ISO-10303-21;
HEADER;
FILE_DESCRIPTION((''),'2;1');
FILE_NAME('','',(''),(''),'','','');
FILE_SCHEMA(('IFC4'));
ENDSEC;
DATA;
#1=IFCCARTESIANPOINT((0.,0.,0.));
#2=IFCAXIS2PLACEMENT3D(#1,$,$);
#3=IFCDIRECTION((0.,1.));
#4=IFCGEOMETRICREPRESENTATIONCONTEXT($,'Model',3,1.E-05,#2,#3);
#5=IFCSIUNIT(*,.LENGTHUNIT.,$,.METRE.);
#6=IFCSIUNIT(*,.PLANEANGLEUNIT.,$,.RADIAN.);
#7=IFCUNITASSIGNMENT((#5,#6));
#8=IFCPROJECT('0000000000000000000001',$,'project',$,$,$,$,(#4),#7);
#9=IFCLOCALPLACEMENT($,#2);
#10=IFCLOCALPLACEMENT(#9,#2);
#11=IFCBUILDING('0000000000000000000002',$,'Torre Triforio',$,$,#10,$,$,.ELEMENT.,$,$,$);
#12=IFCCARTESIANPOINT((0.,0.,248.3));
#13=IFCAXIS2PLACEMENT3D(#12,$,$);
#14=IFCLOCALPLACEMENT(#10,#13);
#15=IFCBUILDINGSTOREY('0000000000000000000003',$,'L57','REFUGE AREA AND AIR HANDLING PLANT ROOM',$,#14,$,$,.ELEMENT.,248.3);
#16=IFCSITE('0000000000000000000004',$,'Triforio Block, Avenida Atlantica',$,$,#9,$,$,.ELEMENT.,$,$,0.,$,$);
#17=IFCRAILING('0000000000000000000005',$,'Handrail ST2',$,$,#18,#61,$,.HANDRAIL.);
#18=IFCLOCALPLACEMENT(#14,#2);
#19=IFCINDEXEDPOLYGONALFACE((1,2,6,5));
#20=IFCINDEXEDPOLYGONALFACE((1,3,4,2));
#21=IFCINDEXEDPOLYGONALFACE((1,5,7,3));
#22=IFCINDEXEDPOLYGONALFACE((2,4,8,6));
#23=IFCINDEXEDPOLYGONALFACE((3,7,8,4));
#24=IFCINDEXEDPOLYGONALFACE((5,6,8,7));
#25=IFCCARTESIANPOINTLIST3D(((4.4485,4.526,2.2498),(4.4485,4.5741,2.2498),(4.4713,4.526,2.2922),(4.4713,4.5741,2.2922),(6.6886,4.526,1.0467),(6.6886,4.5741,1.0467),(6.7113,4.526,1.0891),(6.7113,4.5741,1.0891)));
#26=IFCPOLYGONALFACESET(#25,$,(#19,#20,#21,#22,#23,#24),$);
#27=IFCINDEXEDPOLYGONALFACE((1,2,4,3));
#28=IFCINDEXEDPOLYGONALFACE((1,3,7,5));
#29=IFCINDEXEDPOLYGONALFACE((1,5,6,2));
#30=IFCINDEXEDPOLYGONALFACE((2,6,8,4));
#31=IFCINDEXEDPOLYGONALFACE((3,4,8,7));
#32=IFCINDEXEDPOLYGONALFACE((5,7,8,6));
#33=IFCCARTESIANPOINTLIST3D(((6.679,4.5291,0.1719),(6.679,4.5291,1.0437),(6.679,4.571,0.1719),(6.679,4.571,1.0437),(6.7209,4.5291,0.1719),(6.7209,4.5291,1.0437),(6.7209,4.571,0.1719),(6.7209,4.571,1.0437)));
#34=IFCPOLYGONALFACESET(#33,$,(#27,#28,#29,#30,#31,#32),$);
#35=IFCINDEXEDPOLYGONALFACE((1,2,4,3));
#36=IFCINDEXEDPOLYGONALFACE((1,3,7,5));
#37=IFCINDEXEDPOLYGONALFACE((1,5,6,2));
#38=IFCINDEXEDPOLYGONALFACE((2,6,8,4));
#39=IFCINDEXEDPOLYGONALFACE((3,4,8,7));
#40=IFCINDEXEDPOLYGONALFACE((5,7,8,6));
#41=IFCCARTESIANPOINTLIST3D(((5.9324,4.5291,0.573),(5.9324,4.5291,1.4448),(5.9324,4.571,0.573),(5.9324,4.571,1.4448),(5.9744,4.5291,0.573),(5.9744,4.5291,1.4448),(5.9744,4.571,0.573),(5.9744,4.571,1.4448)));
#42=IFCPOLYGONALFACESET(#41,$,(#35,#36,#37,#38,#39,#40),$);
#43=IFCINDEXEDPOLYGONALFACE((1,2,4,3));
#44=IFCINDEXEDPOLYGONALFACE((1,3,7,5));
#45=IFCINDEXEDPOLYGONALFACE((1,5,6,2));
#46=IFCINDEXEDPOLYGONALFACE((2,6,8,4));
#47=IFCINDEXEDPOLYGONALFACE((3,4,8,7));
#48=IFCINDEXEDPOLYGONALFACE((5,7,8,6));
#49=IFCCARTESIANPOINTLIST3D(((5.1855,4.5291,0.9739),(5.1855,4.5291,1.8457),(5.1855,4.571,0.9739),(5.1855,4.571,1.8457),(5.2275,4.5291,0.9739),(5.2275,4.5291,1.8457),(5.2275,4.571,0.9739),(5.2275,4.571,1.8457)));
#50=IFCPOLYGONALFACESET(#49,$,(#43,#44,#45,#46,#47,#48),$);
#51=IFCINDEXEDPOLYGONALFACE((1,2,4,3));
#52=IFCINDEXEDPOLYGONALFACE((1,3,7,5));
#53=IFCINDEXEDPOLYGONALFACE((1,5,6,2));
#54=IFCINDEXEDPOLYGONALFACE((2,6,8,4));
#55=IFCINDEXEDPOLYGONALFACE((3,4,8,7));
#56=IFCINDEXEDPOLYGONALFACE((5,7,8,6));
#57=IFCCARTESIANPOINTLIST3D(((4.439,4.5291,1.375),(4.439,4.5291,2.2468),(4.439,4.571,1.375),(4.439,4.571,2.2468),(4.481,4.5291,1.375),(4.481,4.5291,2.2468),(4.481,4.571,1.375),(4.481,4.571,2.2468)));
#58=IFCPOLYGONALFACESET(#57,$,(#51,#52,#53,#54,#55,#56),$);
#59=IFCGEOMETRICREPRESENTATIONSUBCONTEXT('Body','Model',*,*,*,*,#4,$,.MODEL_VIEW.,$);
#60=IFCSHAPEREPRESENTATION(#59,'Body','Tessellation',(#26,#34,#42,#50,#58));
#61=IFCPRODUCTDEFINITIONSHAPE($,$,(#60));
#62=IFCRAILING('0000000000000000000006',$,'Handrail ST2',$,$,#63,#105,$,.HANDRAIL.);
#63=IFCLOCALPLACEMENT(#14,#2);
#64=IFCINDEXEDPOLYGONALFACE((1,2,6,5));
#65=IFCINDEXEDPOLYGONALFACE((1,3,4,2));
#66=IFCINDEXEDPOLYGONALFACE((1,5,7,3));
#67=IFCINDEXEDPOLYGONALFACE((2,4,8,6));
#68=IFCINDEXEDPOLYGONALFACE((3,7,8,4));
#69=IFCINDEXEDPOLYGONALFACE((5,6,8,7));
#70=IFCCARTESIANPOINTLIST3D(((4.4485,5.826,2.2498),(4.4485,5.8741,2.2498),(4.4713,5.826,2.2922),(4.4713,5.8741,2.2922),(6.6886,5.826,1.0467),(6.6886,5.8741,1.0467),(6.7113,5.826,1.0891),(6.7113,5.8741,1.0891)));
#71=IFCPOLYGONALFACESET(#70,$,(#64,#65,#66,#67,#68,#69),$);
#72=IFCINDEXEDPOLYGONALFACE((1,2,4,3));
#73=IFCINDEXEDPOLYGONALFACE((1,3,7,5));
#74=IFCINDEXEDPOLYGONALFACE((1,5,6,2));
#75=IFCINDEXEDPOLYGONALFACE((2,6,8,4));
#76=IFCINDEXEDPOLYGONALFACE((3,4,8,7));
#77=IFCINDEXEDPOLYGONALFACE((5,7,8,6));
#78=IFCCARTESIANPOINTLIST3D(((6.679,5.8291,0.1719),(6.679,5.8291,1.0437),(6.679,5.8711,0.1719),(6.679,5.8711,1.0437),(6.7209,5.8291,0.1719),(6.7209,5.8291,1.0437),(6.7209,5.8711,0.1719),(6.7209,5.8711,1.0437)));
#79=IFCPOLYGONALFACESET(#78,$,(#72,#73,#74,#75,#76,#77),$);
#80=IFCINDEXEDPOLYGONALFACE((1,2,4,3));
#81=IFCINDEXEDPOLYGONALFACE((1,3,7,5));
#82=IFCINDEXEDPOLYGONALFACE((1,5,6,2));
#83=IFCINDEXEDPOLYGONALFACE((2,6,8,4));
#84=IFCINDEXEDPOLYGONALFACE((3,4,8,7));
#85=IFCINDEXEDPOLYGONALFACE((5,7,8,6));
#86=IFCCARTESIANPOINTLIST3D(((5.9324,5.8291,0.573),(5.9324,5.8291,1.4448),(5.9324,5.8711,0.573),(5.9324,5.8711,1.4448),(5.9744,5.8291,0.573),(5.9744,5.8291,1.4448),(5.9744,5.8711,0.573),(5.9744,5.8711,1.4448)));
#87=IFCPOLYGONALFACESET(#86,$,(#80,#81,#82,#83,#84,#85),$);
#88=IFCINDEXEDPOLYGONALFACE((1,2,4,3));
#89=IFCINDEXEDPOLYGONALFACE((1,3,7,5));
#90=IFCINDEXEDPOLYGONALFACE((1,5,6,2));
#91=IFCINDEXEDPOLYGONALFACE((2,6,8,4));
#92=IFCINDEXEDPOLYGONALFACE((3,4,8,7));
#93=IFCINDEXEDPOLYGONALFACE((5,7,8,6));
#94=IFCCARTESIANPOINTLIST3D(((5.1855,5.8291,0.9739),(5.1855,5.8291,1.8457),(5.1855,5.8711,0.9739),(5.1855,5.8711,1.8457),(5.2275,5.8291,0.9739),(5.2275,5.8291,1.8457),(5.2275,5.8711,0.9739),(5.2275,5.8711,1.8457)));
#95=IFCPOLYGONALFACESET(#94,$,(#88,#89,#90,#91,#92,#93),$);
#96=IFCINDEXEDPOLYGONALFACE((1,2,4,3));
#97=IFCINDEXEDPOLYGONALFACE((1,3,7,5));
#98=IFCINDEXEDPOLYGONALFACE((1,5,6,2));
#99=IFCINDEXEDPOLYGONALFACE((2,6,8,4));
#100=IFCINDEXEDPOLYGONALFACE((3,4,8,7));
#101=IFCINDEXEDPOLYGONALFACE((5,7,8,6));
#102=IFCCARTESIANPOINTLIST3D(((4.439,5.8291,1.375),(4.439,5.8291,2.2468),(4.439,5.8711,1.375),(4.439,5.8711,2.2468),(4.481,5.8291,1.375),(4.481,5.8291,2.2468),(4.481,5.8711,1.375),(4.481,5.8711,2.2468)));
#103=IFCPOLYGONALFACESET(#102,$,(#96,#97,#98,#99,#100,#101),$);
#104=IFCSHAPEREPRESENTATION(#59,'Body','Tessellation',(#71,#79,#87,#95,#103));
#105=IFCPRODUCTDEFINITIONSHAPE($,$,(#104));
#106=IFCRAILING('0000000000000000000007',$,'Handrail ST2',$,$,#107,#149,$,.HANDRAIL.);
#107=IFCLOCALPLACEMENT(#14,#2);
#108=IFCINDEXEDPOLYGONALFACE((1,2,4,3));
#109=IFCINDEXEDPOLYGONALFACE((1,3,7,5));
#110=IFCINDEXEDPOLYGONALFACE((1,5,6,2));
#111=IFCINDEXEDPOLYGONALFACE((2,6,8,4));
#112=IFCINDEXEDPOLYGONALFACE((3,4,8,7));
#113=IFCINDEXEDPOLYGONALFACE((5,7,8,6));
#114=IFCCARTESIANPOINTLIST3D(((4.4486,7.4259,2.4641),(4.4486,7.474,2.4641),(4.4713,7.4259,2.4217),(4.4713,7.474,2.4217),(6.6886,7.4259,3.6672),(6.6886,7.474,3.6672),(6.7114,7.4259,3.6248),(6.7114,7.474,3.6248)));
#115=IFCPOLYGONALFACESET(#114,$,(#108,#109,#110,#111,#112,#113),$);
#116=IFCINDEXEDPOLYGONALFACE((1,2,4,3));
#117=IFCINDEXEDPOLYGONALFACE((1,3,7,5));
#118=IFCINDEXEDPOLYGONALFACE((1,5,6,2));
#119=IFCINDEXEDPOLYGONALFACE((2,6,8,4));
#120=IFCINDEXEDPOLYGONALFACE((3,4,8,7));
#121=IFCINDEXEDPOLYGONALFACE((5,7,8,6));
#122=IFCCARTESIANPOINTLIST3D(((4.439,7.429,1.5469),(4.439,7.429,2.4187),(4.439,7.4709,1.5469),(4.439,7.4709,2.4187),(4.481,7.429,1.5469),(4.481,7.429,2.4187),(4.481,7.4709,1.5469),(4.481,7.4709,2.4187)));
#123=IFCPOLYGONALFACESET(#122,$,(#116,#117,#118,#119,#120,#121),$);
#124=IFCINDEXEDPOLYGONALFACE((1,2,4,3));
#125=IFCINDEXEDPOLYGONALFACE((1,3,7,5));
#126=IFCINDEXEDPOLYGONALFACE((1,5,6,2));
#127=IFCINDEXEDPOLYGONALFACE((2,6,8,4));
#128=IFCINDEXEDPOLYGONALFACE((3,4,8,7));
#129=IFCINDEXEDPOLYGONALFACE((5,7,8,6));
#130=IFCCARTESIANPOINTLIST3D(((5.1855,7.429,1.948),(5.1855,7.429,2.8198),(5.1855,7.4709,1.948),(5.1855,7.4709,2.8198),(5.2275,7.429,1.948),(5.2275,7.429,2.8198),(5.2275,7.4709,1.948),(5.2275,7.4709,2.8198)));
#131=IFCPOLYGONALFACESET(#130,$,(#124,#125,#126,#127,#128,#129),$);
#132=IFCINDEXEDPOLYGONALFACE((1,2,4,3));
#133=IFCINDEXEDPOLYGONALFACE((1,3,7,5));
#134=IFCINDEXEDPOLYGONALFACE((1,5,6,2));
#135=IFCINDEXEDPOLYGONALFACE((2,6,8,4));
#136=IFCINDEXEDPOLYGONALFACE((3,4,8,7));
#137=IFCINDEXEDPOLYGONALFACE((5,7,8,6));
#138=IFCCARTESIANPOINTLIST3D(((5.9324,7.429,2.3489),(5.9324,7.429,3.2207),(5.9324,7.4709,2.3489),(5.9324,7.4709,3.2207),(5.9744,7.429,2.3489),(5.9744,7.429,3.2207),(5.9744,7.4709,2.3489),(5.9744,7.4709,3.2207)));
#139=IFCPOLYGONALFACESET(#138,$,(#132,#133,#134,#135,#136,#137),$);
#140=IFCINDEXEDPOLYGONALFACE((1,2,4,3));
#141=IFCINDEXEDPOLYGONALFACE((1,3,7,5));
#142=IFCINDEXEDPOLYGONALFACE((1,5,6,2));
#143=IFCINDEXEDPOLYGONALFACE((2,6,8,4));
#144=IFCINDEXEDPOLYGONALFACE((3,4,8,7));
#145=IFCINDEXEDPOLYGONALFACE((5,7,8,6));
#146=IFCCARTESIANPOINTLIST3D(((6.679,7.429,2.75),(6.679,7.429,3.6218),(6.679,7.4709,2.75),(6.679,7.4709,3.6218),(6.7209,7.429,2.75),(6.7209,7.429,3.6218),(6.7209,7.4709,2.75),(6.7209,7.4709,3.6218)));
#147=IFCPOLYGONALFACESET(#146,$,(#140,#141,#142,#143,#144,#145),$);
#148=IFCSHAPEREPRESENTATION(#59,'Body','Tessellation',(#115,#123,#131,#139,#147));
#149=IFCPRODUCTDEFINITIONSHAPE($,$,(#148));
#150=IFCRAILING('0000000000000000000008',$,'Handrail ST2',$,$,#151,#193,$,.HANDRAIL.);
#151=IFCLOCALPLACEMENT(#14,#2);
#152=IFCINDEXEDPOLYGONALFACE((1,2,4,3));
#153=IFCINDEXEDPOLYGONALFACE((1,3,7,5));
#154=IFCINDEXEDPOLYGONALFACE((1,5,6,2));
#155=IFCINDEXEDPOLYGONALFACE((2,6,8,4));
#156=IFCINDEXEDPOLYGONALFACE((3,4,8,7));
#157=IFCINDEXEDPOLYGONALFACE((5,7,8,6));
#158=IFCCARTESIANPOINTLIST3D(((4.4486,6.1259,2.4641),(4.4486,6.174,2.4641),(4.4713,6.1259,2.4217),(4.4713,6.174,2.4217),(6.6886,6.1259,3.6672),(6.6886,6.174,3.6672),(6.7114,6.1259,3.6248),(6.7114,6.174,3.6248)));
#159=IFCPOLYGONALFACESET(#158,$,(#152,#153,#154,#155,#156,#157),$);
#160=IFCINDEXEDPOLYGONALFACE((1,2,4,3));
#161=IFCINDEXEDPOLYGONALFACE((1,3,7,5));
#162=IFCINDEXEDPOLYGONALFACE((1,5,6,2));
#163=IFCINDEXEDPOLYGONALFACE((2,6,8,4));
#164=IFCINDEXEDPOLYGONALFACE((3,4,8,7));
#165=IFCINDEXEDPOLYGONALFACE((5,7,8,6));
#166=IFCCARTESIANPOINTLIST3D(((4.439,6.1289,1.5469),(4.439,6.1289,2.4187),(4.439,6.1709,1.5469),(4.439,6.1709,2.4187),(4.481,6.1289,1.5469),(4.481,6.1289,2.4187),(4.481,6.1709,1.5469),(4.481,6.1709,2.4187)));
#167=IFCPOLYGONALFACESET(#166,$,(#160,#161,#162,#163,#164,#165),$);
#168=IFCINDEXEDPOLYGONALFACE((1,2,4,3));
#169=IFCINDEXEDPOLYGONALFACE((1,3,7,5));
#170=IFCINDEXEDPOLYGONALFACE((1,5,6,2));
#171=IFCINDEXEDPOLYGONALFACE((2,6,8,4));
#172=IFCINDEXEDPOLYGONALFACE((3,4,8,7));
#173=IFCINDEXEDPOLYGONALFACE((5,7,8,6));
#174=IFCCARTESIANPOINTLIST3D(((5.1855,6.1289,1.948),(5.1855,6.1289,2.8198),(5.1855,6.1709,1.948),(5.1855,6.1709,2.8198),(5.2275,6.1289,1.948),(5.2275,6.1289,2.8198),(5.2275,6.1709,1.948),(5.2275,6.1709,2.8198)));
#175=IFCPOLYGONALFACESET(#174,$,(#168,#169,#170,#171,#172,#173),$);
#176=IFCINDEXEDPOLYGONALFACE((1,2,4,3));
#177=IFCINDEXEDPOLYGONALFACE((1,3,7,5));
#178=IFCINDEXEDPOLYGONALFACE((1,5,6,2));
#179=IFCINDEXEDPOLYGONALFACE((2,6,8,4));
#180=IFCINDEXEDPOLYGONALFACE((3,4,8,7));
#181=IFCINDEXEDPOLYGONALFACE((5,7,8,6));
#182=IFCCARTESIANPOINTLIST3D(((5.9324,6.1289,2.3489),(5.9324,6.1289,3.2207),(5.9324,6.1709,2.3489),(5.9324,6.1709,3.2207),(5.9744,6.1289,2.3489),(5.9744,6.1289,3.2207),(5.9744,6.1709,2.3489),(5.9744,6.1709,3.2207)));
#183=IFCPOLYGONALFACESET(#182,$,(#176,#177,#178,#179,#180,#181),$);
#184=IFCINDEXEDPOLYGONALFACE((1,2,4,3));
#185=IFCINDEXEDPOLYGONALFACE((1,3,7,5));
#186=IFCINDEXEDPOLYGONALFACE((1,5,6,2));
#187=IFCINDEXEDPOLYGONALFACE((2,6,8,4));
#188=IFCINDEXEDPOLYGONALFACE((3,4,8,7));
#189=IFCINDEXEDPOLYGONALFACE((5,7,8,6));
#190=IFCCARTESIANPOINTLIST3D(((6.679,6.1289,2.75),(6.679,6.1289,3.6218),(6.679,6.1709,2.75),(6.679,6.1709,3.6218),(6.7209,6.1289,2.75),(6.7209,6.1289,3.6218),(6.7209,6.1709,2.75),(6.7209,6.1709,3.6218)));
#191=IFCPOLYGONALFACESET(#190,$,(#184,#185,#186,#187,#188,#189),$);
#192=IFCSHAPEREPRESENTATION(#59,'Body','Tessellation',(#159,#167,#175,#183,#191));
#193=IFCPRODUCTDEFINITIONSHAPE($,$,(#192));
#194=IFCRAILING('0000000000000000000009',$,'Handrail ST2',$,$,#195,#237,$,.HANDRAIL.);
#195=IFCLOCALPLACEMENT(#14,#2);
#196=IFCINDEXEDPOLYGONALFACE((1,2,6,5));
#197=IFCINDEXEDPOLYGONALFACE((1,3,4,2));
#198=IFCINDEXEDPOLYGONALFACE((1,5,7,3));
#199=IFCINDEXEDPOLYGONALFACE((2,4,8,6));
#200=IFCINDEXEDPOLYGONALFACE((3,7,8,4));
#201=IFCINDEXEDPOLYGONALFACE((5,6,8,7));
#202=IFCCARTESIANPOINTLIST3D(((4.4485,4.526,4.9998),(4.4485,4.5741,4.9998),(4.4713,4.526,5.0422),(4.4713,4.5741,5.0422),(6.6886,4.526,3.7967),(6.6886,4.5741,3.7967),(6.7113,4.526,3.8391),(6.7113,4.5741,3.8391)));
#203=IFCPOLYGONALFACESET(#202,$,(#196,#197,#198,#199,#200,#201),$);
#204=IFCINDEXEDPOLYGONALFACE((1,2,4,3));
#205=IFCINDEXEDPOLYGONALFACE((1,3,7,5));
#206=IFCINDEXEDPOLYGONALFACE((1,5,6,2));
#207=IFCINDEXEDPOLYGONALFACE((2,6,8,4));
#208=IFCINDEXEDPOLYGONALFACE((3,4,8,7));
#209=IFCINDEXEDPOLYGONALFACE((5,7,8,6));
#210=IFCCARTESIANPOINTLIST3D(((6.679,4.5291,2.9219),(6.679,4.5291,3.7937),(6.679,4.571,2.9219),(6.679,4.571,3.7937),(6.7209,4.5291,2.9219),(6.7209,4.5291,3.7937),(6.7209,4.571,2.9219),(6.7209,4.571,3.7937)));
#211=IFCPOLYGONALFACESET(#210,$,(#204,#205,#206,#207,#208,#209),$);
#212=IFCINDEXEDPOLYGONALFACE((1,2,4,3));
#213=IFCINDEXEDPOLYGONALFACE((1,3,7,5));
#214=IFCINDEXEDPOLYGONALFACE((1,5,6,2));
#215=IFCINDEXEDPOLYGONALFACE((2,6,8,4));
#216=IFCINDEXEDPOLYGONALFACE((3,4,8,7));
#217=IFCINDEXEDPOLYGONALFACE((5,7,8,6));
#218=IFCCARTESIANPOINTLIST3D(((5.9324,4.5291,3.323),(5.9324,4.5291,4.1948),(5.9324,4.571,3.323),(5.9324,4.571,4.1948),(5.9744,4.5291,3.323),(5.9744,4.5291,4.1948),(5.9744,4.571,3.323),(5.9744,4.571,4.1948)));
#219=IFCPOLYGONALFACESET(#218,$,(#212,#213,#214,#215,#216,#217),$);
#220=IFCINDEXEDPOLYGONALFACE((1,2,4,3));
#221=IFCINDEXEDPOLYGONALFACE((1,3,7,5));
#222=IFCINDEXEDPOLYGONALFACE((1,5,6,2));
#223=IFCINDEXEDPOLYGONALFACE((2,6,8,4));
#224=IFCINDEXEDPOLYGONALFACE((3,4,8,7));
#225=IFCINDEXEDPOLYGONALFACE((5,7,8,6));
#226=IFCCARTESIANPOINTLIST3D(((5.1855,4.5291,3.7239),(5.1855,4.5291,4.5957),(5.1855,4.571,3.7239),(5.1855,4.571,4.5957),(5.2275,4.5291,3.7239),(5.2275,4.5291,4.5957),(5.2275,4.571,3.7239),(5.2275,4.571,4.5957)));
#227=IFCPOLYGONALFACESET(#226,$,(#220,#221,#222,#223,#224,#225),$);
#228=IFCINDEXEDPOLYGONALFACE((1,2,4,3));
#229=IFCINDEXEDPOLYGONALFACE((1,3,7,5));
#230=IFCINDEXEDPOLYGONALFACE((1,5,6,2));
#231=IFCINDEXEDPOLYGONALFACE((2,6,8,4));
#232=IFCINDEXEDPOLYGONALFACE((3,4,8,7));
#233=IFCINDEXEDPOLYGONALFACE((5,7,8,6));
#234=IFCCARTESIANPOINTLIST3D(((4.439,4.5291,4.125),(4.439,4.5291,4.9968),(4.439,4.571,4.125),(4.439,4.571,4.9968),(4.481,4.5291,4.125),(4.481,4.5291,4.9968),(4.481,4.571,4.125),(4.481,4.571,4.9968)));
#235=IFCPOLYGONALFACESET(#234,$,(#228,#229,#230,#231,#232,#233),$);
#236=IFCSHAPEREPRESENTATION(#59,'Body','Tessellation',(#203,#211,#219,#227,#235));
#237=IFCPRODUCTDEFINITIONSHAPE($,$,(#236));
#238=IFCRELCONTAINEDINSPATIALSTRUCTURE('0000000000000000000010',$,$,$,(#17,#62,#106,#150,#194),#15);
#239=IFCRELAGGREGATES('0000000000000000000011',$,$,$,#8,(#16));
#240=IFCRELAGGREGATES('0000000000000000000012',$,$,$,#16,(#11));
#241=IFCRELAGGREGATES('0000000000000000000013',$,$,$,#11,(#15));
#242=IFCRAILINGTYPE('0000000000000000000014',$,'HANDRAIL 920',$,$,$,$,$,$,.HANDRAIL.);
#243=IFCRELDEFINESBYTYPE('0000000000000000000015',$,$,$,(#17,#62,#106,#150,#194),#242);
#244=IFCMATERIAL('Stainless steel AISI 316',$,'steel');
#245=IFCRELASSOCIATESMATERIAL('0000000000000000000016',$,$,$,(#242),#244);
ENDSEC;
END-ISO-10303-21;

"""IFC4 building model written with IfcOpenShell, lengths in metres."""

from ifc_helpers import new_model, si_unit, direction, frame, origin, origin_2d, place, context, subcontext, project, spatial, rectangle, extrude, material, type_object, element, save


model = new_model("IFC4")

# Units and contexts
model_context = context("Model", 3, precision=1e-05, world=origin(), true_north=direction((0.0, 1.0)))
body_context = subcontext(model_context, "Body", "Model", "MODEL_VIEW")
ifc_project = project(units=[si_unit("LENGTHUNIT", "METRE"), si_unit("PLANEANGLEUNIT", "RADIAN")], contexts=[model_context])

# Site, building, storey
site_placement = place(None, origin())
site = spatial("IfcSite", under=ifc_project, at=site_placement, Name="Triforio Block, Avenida Atlantica", CompositionType="ELEMENT", RefElevation=0.0)
building_placement = place(site_placement, origin())
building = spatial("IfcBuilding", under=site, at=building_placement, Name="Torre Triforio", CompositionType="ELEMENT")
storey_placement = place(building_placement, frame((0.0, 0.0, 248.3)))
storey = spatial("IfcBuildingStorey", under=building, at=storey_placement, Name="L57", Description="REFUGE AREA AND AIR HANDLING PLANT ROOM", CompositionType="ELEMENT", Elevation=248.3)

# Railings
ifc_material_1 = material(Name="Stainless steel AISI 316", Category="steel")
railing_type = type_object("IfcRailingType", Name="HANDRAIL 920", PredefinedType="HANDRAIL", material=ifc_material_1)
for number, where, name in (
    (1, (6.7, 4.55, 0.1719), "Handrail ST2"),
    (2, (6.7, 5.8501, 0.1719), "Handrail ST2"),
):
    element("IfcRailing", number, at=place(storey_placement, frame(where)), inside=storey, type_object=railing_type, Name=name, PredefinedType="HANDRAIL", context=body_context, shape_type="SweptSolid", body=[
        extrude(rectangle(XDim=0.0481, YDim=0.0481, at=origin_2d()), frame((0.0, 0.0, 0.896), z_axis=(-0.880967, 0.0, 0.473178), x_axis=(0.0, -1.0, 0.0)), (0.0, 0.0, 1.0), 2.5427),
        extrude(rectangle(XDim=0.042, YDim=0.042, at=origin_2d()), origin(), (0.0, 0.0, 1.0), 0.8718),
        extrude(rectangle(XDim=0.042, YDim=0.042, at=origin_2d()), frame((-0.7466, 0.0, 0.4011)), (0.0, 0.0, 1.0), 0.8718),
        extrude(rectangle(XDim=0.042, YDim=0.042, at=origin_2d()), frame((-1.4934, 0.0, 0.802)), (0.0, 0.0, 1.0), 0.8718),
        extrude(rectangle(XDim=0.042, YDim=0.042, at=origin_2d()), frame((-2.24, 0.0, 1.2031)), (0.0, 0.0, 1.0), 0.8718),
    ])
for number, where, name in (
    (3, (4.46, 7.45, 1.5469), "Handrail ST2"),
    (4, (4.46, 6.1499, 1.5469), "Handrail ST2"),
):
    element("IfcRailing", number, at=place(storey_placement, frame(where)), inside=storey, type_object=railing_type, Name=name, PredefinedType="HANDRAIL", context=body_context, shape_type="SweptSolid", body=[
        extrude(rectangle(XDim=0.0481, YDim=0.0481, at=origin_2d()), frame((0.0, 0.0, 0.896), z_axis=(0.880967, 0.0, 0.473178), x_axis=(0.0, 1.0, 0.0)), (0.0, 0.0, 1.0), 2.5427),
        extrude(rectangle(XDim=0.042, YDim=0.042, at=origin_2d()), origin(), (0.0, 0.0, 1.0), 0.8718),
        extrude(rectangle(XDim=0.042, YDim=0.042, at=origin_2d()), frame((0.7466, 0.0, 0.4011)), (0.0, 0.0, 1.0), 0.8718),
        extrude(rectangle(XDim=0.042, YDim=0.042, at=origin_2d()), frame((1.4934, 0.0, 0.802)), (0.0, 0.0, 1.0), 0.8718),
        extrude(rectangle(XDim=0.042, YDim=0.042, at=origin_2d()), frame((2.24, 0.0, 1.2031)), (0.0, 0.0, 1.0), 0.8718),
    ])
for number, where, name in (
    (5, (6.7, 4.55, 2.9219), "Handrail ST2"),
):
    element("IfcRailing", number, at=place(storey_placement, frame(where)), inside=storey, type_object=railing_type, Name=name, PredefinedType="HANDRAIL", context=body_context, shape_type="SweptSolid", body=[
        extrude(rectangle(XDim=0.0481, YDim=0.0481, at=origin_2d()), frame((0.0, 0.0, 0.896), z_axis=(-0.880967, 0.0, 0.473178), x_axis=(0.0, -1.0, 0.0)), (0.0, 0.0, 1.0), 2.5427),
        extrude(rectangle(XDim=0.042, YDim=0.042, at=origin_2d()), origin(), (0.0, 0.0, 1.0), 0.8718),
        extrude(rectangle(XDim=0.042, YDim=0.042, at=origin_2d()), frame((-0.7466, 0.0, 0.4011)), (0.0, 0.0, 1.0), 0.8718),
        extrude(rectangle(XDim=0.042, YDim=0.042, at=origin_2d()), frame((-1.4934, 0.0, 0.802)), (0.0, 0.0, 1.0), 0.8718),
        extrude(rectangle(XDim=0.042, YDim=0.042, at=origin_2d()), frame((-2.24, 0.0, 1.2031)), (0.0, 0.0, 1.0), 0.8718),
    ])

save(model, "model.ifc")
